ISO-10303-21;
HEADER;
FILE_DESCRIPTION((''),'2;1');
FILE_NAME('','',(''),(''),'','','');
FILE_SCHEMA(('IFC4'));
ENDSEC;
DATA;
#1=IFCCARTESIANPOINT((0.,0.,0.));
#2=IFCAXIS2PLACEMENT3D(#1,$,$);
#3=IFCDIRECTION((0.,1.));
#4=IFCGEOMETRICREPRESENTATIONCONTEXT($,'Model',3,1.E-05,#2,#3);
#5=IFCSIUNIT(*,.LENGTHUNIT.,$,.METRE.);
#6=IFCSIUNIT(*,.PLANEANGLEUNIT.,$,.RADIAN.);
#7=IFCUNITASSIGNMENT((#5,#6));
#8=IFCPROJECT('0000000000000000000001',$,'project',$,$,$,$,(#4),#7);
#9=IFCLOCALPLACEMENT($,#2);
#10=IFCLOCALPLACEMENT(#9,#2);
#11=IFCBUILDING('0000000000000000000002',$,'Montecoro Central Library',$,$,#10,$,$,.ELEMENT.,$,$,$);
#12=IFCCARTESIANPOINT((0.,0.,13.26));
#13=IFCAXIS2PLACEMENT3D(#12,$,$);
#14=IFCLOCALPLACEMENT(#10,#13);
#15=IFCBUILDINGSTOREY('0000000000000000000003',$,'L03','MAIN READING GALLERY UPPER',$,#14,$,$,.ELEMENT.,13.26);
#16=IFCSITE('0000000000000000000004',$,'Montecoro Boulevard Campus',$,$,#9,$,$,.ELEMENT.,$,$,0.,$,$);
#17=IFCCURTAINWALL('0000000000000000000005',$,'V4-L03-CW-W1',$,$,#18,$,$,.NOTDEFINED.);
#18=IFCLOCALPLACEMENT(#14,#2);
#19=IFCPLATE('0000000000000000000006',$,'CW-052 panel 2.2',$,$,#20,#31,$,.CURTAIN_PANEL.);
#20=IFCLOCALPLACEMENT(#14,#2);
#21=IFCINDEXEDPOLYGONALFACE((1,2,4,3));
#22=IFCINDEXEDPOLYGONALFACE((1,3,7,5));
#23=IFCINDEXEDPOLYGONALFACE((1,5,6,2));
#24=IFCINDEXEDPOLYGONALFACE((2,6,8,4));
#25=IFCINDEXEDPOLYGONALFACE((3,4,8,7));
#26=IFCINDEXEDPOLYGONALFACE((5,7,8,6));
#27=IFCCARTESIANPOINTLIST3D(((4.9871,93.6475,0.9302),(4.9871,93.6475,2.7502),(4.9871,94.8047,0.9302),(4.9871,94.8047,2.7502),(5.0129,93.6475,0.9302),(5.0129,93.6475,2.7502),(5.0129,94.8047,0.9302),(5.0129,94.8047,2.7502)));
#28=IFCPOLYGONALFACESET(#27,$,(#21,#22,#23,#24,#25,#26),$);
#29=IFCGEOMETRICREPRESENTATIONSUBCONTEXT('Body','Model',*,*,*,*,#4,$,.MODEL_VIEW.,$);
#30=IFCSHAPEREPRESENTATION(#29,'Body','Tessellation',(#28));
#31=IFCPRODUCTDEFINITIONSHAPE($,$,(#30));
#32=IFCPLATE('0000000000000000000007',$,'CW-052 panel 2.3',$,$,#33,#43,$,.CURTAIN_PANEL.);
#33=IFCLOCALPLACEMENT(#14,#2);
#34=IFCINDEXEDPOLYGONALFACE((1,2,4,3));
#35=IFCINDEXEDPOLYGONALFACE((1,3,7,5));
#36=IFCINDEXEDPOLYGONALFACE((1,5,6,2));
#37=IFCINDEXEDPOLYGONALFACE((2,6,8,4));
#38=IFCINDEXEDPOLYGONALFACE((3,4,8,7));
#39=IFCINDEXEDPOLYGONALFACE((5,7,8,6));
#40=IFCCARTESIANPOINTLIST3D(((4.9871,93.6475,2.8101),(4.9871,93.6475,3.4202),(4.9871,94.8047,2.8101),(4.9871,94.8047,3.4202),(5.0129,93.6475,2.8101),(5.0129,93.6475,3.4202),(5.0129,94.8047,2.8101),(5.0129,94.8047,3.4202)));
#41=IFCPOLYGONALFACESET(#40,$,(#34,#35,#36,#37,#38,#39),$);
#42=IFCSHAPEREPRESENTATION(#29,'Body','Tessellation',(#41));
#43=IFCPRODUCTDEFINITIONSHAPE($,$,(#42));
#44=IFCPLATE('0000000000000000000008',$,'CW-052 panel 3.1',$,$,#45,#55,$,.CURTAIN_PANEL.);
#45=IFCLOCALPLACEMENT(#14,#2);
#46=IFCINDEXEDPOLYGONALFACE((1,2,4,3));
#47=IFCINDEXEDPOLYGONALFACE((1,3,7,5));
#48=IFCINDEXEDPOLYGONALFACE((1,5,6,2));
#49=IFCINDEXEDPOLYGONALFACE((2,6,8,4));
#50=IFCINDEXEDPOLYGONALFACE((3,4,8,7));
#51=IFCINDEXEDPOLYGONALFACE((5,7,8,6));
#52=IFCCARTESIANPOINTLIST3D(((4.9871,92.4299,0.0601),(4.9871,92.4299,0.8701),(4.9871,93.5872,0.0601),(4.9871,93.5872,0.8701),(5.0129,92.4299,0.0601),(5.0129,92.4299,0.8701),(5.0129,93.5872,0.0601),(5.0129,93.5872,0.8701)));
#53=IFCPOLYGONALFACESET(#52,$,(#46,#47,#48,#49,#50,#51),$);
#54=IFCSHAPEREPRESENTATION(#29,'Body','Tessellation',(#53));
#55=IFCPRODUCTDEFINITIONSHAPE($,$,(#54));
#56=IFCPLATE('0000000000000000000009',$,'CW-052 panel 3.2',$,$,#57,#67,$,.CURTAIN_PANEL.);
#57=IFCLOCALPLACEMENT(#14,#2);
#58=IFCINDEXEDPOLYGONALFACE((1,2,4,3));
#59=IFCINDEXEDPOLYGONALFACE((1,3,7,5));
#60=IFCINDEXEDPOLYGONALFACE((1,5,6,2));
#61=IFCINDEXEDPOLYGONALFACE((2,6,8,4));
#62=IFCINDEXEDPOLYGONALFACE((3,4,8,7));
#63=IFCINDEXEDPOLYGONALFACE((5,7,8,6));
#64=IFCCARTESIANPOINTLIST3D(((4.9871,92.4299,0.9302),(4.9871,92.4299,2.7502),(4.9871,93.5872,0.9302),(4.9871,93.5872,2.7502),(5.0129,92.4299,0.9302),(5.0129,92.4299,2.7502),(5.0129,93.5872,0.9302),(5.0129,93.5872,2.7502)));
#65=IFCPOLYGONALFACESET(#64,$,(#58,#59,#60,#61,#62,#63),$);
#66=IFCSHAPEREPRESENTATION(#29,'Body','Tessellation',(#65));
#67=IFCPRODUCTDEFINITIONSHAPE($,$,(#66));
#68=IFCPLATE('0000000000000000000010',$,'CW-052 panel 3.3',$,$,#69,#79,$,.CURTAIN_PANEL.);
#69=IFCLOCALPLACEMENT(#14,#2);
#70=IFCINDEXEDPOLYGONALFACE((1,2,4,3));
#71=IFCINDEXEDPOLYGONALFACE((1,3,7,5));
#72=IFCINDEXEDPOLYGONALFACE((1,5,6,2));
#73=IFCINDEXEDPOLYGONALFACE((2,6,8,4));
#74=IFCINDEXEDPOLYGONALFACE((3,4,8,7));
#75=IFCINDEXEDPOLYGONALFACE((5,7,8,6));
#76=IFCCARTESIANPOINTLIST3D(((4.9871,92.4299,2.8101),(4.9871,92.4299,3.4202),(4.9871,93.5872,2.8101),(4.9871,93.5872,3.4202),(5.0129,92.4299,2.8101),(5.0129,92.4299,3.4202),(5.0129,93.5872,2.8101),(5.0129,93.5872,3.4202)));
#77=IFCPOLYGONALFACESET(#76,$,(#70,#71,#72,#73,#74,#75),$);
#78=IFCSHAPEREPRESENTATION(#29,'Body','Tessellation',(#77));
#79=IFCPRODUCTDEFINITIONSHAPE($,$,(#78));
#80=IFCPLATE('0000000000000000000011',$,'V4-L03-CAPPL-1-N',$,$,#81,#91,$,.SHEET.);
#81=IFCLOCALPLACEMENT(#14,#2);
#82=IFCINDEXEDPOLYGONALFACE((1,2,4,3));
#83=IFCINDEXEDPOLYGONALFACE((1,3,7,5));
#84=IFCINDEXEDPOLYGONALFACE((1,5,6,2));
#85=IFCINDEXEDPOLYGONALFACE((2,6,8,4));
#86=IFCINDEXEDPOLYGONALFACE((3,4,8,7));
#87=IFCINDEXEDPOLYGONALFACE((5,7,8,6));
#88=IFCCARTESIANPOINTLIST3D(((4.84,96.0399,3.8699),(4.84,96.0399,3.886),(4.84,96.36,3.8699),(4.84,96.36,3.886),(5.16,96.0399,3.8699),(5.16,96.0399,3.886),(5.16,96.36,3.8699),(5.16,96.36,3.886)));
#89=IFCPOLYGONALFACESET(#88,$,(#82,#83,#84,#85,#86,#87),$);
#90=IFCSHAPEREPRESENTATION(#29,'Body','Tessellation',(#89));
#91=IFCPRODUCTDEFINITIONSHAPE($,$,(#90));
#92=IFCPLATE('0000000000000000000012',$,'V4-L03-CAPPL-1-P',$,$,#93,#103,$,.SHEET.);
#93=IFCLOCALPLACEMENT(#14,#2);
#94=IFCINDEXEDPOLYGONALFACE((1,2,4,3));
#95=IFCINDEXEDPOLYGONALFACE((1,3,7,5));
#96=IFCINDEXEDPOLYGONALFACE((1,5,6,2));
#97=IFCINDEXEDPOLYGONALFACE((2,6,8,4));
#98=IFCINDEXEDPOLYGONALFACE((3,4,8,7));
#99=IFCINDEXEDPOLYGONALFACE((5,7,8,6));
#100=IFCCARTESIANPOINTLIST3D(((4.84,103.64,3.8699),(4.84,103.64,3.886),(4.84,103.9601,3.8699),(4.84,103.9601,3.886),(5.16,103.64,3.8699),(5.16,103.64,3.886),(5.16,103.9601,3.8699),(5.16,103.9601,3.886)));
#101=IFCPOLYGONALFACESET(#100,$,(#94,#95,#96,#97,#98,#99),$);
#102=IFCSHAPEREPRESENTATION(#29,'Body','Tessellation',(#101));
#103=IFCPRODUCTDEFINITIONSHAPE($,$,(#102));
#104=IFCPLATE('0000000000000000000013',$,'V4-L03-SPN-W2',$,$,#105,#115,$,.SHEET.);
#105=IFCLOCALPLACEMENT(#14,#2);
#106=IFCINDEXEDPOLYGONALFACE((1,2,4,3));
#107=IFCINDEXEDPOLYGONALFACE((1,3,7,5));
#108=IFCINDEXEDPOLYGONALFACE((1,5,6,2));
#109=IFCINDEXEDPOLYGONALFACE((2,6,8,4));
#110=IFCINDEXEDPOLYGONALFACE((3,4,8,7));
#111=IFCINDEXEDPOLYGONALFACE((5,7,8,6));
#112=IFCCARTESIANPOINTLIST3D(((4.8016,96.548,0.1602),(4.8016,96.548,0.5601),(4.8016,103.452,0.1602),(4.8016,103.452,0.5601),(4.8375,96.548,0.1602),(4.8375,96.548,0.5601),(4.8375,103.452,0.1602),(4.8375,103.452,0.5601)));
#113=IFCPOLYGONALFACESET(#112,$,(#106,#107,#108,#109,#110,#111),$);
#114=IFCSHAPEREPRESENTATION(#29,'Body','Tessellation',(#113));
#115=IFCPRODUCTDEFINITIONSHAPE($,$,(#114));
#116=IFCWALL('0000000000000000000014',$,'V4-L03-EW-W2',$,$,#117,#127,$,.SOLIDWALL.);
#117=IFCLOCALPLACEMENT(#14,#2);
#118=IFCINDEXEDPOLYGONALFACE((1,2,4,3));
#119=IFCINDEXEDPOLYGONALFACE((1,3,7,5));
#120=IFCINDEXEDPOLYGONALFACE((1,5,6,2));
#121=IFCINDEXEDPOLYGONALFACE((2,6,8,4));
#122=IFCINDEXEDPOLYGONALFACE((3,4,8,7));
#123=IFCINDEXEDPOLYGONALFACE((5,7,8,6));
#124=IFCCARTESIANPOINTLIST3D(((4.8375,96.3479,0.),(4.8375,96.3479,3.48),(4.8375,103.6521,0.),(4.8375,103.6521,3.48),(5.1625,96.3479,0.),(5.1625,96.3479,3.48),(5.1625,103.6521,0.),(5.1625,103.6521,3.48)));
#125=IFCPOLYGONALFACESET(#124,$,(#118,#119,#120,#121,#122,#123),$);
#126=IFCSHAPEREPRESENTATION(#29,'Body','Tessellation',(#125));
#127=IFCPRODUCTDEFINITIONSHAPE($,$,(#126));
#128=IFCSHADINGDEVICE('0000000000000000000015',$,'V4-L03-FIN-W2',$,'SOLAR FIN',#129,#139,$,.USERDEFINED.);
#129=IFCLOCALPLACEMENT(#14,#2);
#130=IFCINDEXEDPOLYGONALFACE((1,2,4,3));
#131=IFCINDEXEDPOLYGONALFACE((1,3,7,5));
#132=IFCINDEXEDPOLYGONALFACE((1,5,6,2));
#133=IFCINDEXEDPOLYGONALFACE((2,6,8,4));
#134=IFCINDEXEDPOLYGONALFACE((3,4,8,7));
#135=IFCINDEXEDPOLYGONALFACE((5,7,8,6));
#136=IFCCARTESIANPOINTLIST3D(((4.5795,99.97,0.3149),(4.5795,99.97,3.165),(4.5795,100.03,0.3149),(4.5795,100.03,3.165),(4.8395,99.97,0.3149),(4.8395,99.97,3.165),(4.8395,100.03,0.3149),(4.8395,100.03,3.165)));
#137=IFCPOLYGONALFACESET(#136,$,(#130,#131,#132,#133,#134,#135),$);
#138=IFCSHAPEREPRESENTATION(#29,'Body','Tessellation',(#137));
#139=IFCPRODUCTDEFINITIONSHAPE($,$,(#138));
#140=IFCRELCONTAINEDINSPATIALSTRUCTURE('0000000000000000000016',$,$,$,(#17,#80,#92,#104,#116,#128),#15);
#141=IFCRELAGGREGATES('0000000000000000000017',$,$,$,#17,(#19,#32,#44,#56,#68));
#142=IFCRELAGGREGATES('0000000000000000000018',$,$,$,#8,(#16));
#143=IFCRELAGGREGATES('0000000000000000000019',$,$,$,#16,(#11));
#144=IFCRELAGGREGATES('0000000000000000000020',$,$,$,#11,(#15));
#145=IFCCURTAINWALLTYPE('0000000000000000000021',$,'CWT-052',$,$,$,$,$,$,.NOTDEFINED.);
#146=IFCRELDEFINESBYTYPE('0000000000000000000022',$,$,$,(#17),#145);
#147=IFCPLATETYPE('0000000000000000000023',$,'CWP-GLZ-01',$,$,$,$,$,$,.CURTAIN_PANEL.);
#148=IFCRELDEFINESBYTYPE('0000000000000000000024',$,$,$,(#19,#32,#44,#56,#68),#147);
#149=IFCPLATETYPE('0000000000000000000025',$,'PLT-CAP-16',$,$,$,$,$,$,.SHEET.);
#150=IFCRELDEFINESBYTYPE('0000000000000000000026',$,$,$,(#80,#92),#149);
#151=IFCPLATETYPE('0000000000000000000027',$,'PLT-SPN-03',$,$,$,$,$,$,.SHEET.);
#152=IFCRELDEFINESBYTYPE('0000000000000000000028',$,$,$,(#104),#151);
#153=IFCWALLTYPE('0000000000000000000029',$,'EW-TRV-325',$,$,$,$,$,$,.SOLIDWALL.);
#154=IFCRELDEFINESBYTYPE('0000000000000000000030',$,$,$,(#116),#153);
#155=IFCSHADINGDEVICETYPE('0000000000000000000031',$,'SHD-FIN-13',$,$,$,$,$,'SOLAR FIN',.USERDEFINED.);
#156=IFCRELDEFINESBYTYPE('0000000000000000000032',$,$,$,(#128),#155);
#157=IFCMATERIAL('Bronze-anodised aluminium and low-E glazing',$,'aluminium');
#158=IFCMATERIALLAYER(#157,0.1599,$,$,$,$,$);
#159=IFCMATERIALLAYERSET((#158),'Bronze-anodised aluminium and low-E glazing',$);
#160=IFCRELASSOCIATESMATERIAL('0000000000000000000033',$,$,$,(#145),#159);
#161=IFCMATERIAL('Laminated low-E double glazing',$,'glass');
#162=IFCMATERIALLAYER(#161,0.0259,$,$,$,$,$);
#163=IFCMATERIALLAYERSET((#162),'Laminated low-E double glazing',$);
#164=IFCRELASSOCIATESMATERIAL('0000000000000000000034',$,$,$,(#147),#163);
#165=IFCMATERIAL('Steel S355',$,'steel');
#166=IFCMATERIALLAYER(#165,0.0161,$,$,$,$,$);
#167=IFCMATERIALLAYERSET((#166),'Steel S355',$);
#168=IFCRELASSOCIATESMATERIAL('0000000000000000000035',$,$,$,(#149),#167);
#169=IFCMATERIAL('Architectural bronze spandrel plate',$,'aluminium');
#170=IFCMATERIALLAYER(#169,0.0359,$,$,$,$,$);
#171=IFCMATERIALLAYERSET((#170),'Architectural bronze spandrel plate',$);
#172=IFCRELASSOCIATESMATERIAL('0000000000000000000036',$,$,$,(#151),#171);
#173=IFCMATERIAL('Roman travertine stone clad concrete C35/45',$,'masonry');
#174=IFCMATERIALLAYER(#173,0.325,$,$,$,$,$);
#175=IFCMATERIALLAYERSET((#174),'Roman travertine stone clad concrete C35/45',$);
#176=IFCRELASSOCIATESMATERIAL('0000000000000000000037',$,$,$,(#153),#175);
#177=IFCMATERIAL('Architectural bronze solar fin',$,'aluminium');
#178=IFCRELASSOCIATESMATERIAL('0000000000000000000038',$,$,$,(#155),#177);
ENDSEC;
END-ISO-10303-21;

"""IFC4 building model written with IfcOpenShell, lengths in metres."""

from ifc_helpers import new_model, si_unit, direction, frame, frame_2d, origin, origin_2d, place, context, subcontext, project, spatial, rectangle, extrude, material, layer, layer_set, type_object, element, aggregate, save


model = new_model("IFC4")

# Units and contexts
model_context = context("Model", 3, precision=1e-05, world=origin(), true_north=direction((0.0, 1.0)))
body_context = subcontext(model_context, "Body", "Model", "MODEL_VIEW")
ifc_project = project(units=[si_unit("LENGTHUNIT", "METRE"), si_unit("PLANEANGLEUNIT", "RADIAN")], contexts=[model_context])

# Site, building, storey
site_placement = place(None, origin())
site = spatial("IfcSite", under=ifc_project, at=site_placement, Name="Montecoro Boulevard Campus", CompositionType="ELEMENT", RefElevation=0.0)
building_placement = place(site_placement, origin())
building = spatial("IfcBuilding", under=site, at=building_placement, Name="Montecoro Central Library", CompositionType="ELEMENT")
storey_placement = place(building_placement, frame((0.0, 0.0, 13.26)))
storey = spatial("IfcBuildingStorey", under=building, at=storey_placement, Name="L03", Description="MAIN READING GALLERY UPPER", CompositionType="ELEMENT", Elevation=13.26)

# Shared definitions
ifc_material_1 = material(Name="Steel S355", Category="steel")

# Shared definitions
ifc_material_2 = material(Name="Bronze-anodised aluminium and low-E glazing", Category="aluminium")
ifc_layer_1 = layer(ifc_material_2, 0.1599)
ifc_layer_set_1 = layer_set([ifc_layer_1], Name="Bronze-anodised aluminium and low-E glazing")
curtain_wall_type = type_object("IfcCurtainWallType", Name="CWT-052", PredefinedType="NOTDEFINED", material=ifc_layer_set_1)

# Curtain wall, plates
curtain_wall_1_placement = place(storey_placement, origin())
curtain_wall_1 = element("IfcCurtainWall", 1, at=curtain_wall_1_placement, inside=storey, type_object=curtain_wall_type, Name="V4-L03-CW-W1", PredefinedType="NOTDEFINED")
ifc_material_3 = material(Name="Laminated low-E double glazing", Category="glass")
ifc_layer_2 = layer(ifc_material_3, 0.0259)
ifc_layer_set_2 = layer_set([ifc_layer_2], Name="Laminated low-E double glazing")
plate_type_1 = type_object("IfcPlateType", Name="CWP-GLZ-01", PredefinedType="CURTAIN_PANEL", material=ifc_layer_set_2)
plate_1_placement = place(storey_placement, frame((5.0, 94.2261, 0.9302), z_axis=(0.0, 0.0, 1.0), x_axis=(0.0, -1.0, 0.0)))
plate_1 = element("IfcPlate", 2, at=plate_1_placement, type_object=plate_type_1, Name="CW-052 panel 2.2", PredefinedType="CURTAIN_PANEL", context=body_context, shape_type="SweptSolid", body=[
    extrude(rectangle(XDim=1.1572, YDim=0.0259, at=origin_2d()), origin(), (0.0, 0.0, 1.0), 1.8201),
])
plate_2_placement = place(storey_placement, frame((5.0, 94.2261, 2.8101), z_axis=(0.0, 0.0, 1.0), x_axis=(0.0, -1.0, 0.0)))
plate_2 = element("IfcPlate", 3, at=plate_2_placement, type_object=plate_type_1, Name="CW-052 panel 2.3", PredefinedType="CURTAIN_PANEL", context=body_context, shape_type="SweptSolid", body=[
    extrude(rectangle(XDim=1.1572, YDim=0.0259, at=origin_2d()), origin(), (0.0, 0.0, 1.0), 0.6101),
])
plate_3_placement = place(storey_placement, frame((5.0, 93.0085, 0.0601), z_axis=(0.0, 0.0, 1.0), x_axis=(0.0, -1.0, 0.0)))
plate_3 = element("IfcPlate", 4, at=plate_3_placement, type_object=plate_type_1, Name="CW-052 panel 3.1", PredefinedType="CURTAIN_PANEL", context=body_context, shape_type="SweptSolid", body=[
    extrude(rectangle(XDim=1.1572, YDim=0.0259, at=origin_2d()), origin(), (0.0, 0.0, 1.0), 0.8101),
])
plate_4_placement = place(storey_placement, frame((5.0, 93.0085, 0.9302), z_axis=(0.0, 0.0, 1.0), x_axis=(0.0, -1.0, 0.0)))
plate_4 = element("IfcPlate", 5, at=plate_4_placement, type_object=plate_type_1, Name="CW-052 panel 3.2", PredefinedType="CURTAIN_PANEL", context=body_context, shape_type="SweptSolid", body=[
    extrude(rectangle(XDim=1.1572, YDim=0.0259, at=origin_2d()), origin(), (0.0, 0.0, 1.0), 1.8201),
])
plate_5_placement = place(storey_placement, frame((5.0, 93.0085, 2.8101), z_axis=(0.0, 0.0, 1.0), x_axis=(0.0, -1.0, 0.0)))
plate_5 = element("IfcPlate", 6, at=plate_5_placement, type_object=plate_type_1, Name="CW-052 panel 3.3", PredefinedType="CURTAIN_PANEL", context=body_context, shape_type="SweptSolid", body=[
    extrude(rectangle(XDim=1.1572, YDim=0.0259, at=origin_2d()), origin(), (0.0, 0.0, 1.0), 0.6101),
])
aggregate(curtain_wall_1, [plate_1, plate_2, plate_3, plate_4, plate_5])

# Plates
ifc_layer_3 = layer(ifc_material_1, 0.0161)
ifc_layer_set_3 = layer_set([ifc_layer_3], Name="Steel S355")
plate_type_2 = type_object("IfcPlateType", Name="PLT-CAP-16", PredefinedType="SHEET", material=ifc_layer_set_3)
for number, where, z_axis, x_axis, name in (
    (7, (5.0, 96.2, 3.8699), (0.0, 0.0, 1.0), (1.0, 0.0, 0.0), "V4-L03-CAPPL-1-N"),
    (8, (5.0, 103.8, 3.8699), (0.0, 0.0, 1.0), (1.0, 0.0, 0.0), "V4-L03-CAPPL-1-P"),
):
    element("IfcPlate", number, at=place(storey_placement, frame(where, z_axis=z_axis, x_axis=x_axis)), inside=storey, type_object=plate_type_2, Name=name, PredefinedType="SHEET", context=body_context, shape_type="SweptSolid", body=[
        extrude(rectangle(XDim=0.3201, YDim=0.3201, at=origin_2d()), origin(), (0.0, 0.0, 1.0), 0.0161),
    ])
ifc_material_4 = material(Name="Architectural bronze spandrel plate", Category="aluminium")
ifc_layer_4 = layer(ifc_material_4, 0.0359)
ifc_layer_set_4 = layer_set([ifc_layer_4], Name="Architectural bronze spandrel plate")
plate_type_3 = type_object("IfcPlateType", Name="PLT-SPN-03", PredefinedType="SHEET", material=ifc_layer_set_4)
plate_6_placement = place(storey_placement, frame((4.8196, 100.0, 0.1602), z_axis=(0.0, 0.0, 1.0), x_axis=(0.0, -1.0, 0.0)))
element("IfcPlate", 9, at=plate_6_placement, inside=storey, type_object=plate_type_3, Name="V4-L03-SPN-W2", PredefinedType="SHEET", context=body_context, shape_type="SweptSolid", body=[
    extrude(rectangle(XDim=6.9041, YDim=0.0359, at=origin_2d()), origin(), (0.0, 0.0, 1.0), 0.3999),
])

# Wall
ifc_material_5 = material(Name="Roman travertine stone clad concrete C35/45", Category="masonry")
ifc_layer_5 = layer(ifc_material_5, 0.325)
ifc_layer_set_5 = layer_set([ifc_layer_5], Name="Roman travertine stone clad concrete C35/45")
wall_type = type_object("IfcWallType", Name="EW-TRV-325", PredefinedType="SOLIDWALL", material=ifc_layer_set_5)
wall_placement = place(storey_placement, frame((5.0, 103.6521, 0.0), z_axis=(0.0, 0.0, 1.0), x_axis=(0.0, -1.0, 0.0)))
element("IfcWall", 10, at=wall_placement, inside=storey, type_object=wall_type, Name="V4-L03-EW-W2", PredefinedType="SOLIDWALL", context=body_context, shape_type="SweptSolid", body=[
    extrude(rectangle(XDim=7.3042, YDim=0.325, at=frame_2d((3.6521, 0.0))), origin(), (0.0, 0.0, 1.0), 3.48),
])

# Shading device
ifc_material_6 = material(Name="Architectural bronze solar fin", Category="aluminium")
shading_device_type = type_object("IfcShadingDeviceType", Name="SHD-FIN-13", ElementType="SOLAR FIN", PredefinedType="USERDEFINED", material=ifc_material_6)
shading_device_placement = place(storey_placement, frame((4.7095, 100.0, 0.3149), z_axis=(0.0, 0.0, 1.0), x_axis=(0.0, -1.0, 0.0)))
element("IfcShadingDevice", 11, at=shading_device_placement, inside=storey, type_object=shading_device_type, Name="V4-L03-FIN-W2", ObjectType="SOLAR FIN", PredefinedType="USERDEFINED", context=body_context, shape_type="SweptSolid", body=[
    extrude(rectangle(XDim=0.0601, YDim=0.26, at=origin_2d()), origin(), (0.0, 0.0, 1.0), 2.8501),
])

save(model, "model.ifc")
